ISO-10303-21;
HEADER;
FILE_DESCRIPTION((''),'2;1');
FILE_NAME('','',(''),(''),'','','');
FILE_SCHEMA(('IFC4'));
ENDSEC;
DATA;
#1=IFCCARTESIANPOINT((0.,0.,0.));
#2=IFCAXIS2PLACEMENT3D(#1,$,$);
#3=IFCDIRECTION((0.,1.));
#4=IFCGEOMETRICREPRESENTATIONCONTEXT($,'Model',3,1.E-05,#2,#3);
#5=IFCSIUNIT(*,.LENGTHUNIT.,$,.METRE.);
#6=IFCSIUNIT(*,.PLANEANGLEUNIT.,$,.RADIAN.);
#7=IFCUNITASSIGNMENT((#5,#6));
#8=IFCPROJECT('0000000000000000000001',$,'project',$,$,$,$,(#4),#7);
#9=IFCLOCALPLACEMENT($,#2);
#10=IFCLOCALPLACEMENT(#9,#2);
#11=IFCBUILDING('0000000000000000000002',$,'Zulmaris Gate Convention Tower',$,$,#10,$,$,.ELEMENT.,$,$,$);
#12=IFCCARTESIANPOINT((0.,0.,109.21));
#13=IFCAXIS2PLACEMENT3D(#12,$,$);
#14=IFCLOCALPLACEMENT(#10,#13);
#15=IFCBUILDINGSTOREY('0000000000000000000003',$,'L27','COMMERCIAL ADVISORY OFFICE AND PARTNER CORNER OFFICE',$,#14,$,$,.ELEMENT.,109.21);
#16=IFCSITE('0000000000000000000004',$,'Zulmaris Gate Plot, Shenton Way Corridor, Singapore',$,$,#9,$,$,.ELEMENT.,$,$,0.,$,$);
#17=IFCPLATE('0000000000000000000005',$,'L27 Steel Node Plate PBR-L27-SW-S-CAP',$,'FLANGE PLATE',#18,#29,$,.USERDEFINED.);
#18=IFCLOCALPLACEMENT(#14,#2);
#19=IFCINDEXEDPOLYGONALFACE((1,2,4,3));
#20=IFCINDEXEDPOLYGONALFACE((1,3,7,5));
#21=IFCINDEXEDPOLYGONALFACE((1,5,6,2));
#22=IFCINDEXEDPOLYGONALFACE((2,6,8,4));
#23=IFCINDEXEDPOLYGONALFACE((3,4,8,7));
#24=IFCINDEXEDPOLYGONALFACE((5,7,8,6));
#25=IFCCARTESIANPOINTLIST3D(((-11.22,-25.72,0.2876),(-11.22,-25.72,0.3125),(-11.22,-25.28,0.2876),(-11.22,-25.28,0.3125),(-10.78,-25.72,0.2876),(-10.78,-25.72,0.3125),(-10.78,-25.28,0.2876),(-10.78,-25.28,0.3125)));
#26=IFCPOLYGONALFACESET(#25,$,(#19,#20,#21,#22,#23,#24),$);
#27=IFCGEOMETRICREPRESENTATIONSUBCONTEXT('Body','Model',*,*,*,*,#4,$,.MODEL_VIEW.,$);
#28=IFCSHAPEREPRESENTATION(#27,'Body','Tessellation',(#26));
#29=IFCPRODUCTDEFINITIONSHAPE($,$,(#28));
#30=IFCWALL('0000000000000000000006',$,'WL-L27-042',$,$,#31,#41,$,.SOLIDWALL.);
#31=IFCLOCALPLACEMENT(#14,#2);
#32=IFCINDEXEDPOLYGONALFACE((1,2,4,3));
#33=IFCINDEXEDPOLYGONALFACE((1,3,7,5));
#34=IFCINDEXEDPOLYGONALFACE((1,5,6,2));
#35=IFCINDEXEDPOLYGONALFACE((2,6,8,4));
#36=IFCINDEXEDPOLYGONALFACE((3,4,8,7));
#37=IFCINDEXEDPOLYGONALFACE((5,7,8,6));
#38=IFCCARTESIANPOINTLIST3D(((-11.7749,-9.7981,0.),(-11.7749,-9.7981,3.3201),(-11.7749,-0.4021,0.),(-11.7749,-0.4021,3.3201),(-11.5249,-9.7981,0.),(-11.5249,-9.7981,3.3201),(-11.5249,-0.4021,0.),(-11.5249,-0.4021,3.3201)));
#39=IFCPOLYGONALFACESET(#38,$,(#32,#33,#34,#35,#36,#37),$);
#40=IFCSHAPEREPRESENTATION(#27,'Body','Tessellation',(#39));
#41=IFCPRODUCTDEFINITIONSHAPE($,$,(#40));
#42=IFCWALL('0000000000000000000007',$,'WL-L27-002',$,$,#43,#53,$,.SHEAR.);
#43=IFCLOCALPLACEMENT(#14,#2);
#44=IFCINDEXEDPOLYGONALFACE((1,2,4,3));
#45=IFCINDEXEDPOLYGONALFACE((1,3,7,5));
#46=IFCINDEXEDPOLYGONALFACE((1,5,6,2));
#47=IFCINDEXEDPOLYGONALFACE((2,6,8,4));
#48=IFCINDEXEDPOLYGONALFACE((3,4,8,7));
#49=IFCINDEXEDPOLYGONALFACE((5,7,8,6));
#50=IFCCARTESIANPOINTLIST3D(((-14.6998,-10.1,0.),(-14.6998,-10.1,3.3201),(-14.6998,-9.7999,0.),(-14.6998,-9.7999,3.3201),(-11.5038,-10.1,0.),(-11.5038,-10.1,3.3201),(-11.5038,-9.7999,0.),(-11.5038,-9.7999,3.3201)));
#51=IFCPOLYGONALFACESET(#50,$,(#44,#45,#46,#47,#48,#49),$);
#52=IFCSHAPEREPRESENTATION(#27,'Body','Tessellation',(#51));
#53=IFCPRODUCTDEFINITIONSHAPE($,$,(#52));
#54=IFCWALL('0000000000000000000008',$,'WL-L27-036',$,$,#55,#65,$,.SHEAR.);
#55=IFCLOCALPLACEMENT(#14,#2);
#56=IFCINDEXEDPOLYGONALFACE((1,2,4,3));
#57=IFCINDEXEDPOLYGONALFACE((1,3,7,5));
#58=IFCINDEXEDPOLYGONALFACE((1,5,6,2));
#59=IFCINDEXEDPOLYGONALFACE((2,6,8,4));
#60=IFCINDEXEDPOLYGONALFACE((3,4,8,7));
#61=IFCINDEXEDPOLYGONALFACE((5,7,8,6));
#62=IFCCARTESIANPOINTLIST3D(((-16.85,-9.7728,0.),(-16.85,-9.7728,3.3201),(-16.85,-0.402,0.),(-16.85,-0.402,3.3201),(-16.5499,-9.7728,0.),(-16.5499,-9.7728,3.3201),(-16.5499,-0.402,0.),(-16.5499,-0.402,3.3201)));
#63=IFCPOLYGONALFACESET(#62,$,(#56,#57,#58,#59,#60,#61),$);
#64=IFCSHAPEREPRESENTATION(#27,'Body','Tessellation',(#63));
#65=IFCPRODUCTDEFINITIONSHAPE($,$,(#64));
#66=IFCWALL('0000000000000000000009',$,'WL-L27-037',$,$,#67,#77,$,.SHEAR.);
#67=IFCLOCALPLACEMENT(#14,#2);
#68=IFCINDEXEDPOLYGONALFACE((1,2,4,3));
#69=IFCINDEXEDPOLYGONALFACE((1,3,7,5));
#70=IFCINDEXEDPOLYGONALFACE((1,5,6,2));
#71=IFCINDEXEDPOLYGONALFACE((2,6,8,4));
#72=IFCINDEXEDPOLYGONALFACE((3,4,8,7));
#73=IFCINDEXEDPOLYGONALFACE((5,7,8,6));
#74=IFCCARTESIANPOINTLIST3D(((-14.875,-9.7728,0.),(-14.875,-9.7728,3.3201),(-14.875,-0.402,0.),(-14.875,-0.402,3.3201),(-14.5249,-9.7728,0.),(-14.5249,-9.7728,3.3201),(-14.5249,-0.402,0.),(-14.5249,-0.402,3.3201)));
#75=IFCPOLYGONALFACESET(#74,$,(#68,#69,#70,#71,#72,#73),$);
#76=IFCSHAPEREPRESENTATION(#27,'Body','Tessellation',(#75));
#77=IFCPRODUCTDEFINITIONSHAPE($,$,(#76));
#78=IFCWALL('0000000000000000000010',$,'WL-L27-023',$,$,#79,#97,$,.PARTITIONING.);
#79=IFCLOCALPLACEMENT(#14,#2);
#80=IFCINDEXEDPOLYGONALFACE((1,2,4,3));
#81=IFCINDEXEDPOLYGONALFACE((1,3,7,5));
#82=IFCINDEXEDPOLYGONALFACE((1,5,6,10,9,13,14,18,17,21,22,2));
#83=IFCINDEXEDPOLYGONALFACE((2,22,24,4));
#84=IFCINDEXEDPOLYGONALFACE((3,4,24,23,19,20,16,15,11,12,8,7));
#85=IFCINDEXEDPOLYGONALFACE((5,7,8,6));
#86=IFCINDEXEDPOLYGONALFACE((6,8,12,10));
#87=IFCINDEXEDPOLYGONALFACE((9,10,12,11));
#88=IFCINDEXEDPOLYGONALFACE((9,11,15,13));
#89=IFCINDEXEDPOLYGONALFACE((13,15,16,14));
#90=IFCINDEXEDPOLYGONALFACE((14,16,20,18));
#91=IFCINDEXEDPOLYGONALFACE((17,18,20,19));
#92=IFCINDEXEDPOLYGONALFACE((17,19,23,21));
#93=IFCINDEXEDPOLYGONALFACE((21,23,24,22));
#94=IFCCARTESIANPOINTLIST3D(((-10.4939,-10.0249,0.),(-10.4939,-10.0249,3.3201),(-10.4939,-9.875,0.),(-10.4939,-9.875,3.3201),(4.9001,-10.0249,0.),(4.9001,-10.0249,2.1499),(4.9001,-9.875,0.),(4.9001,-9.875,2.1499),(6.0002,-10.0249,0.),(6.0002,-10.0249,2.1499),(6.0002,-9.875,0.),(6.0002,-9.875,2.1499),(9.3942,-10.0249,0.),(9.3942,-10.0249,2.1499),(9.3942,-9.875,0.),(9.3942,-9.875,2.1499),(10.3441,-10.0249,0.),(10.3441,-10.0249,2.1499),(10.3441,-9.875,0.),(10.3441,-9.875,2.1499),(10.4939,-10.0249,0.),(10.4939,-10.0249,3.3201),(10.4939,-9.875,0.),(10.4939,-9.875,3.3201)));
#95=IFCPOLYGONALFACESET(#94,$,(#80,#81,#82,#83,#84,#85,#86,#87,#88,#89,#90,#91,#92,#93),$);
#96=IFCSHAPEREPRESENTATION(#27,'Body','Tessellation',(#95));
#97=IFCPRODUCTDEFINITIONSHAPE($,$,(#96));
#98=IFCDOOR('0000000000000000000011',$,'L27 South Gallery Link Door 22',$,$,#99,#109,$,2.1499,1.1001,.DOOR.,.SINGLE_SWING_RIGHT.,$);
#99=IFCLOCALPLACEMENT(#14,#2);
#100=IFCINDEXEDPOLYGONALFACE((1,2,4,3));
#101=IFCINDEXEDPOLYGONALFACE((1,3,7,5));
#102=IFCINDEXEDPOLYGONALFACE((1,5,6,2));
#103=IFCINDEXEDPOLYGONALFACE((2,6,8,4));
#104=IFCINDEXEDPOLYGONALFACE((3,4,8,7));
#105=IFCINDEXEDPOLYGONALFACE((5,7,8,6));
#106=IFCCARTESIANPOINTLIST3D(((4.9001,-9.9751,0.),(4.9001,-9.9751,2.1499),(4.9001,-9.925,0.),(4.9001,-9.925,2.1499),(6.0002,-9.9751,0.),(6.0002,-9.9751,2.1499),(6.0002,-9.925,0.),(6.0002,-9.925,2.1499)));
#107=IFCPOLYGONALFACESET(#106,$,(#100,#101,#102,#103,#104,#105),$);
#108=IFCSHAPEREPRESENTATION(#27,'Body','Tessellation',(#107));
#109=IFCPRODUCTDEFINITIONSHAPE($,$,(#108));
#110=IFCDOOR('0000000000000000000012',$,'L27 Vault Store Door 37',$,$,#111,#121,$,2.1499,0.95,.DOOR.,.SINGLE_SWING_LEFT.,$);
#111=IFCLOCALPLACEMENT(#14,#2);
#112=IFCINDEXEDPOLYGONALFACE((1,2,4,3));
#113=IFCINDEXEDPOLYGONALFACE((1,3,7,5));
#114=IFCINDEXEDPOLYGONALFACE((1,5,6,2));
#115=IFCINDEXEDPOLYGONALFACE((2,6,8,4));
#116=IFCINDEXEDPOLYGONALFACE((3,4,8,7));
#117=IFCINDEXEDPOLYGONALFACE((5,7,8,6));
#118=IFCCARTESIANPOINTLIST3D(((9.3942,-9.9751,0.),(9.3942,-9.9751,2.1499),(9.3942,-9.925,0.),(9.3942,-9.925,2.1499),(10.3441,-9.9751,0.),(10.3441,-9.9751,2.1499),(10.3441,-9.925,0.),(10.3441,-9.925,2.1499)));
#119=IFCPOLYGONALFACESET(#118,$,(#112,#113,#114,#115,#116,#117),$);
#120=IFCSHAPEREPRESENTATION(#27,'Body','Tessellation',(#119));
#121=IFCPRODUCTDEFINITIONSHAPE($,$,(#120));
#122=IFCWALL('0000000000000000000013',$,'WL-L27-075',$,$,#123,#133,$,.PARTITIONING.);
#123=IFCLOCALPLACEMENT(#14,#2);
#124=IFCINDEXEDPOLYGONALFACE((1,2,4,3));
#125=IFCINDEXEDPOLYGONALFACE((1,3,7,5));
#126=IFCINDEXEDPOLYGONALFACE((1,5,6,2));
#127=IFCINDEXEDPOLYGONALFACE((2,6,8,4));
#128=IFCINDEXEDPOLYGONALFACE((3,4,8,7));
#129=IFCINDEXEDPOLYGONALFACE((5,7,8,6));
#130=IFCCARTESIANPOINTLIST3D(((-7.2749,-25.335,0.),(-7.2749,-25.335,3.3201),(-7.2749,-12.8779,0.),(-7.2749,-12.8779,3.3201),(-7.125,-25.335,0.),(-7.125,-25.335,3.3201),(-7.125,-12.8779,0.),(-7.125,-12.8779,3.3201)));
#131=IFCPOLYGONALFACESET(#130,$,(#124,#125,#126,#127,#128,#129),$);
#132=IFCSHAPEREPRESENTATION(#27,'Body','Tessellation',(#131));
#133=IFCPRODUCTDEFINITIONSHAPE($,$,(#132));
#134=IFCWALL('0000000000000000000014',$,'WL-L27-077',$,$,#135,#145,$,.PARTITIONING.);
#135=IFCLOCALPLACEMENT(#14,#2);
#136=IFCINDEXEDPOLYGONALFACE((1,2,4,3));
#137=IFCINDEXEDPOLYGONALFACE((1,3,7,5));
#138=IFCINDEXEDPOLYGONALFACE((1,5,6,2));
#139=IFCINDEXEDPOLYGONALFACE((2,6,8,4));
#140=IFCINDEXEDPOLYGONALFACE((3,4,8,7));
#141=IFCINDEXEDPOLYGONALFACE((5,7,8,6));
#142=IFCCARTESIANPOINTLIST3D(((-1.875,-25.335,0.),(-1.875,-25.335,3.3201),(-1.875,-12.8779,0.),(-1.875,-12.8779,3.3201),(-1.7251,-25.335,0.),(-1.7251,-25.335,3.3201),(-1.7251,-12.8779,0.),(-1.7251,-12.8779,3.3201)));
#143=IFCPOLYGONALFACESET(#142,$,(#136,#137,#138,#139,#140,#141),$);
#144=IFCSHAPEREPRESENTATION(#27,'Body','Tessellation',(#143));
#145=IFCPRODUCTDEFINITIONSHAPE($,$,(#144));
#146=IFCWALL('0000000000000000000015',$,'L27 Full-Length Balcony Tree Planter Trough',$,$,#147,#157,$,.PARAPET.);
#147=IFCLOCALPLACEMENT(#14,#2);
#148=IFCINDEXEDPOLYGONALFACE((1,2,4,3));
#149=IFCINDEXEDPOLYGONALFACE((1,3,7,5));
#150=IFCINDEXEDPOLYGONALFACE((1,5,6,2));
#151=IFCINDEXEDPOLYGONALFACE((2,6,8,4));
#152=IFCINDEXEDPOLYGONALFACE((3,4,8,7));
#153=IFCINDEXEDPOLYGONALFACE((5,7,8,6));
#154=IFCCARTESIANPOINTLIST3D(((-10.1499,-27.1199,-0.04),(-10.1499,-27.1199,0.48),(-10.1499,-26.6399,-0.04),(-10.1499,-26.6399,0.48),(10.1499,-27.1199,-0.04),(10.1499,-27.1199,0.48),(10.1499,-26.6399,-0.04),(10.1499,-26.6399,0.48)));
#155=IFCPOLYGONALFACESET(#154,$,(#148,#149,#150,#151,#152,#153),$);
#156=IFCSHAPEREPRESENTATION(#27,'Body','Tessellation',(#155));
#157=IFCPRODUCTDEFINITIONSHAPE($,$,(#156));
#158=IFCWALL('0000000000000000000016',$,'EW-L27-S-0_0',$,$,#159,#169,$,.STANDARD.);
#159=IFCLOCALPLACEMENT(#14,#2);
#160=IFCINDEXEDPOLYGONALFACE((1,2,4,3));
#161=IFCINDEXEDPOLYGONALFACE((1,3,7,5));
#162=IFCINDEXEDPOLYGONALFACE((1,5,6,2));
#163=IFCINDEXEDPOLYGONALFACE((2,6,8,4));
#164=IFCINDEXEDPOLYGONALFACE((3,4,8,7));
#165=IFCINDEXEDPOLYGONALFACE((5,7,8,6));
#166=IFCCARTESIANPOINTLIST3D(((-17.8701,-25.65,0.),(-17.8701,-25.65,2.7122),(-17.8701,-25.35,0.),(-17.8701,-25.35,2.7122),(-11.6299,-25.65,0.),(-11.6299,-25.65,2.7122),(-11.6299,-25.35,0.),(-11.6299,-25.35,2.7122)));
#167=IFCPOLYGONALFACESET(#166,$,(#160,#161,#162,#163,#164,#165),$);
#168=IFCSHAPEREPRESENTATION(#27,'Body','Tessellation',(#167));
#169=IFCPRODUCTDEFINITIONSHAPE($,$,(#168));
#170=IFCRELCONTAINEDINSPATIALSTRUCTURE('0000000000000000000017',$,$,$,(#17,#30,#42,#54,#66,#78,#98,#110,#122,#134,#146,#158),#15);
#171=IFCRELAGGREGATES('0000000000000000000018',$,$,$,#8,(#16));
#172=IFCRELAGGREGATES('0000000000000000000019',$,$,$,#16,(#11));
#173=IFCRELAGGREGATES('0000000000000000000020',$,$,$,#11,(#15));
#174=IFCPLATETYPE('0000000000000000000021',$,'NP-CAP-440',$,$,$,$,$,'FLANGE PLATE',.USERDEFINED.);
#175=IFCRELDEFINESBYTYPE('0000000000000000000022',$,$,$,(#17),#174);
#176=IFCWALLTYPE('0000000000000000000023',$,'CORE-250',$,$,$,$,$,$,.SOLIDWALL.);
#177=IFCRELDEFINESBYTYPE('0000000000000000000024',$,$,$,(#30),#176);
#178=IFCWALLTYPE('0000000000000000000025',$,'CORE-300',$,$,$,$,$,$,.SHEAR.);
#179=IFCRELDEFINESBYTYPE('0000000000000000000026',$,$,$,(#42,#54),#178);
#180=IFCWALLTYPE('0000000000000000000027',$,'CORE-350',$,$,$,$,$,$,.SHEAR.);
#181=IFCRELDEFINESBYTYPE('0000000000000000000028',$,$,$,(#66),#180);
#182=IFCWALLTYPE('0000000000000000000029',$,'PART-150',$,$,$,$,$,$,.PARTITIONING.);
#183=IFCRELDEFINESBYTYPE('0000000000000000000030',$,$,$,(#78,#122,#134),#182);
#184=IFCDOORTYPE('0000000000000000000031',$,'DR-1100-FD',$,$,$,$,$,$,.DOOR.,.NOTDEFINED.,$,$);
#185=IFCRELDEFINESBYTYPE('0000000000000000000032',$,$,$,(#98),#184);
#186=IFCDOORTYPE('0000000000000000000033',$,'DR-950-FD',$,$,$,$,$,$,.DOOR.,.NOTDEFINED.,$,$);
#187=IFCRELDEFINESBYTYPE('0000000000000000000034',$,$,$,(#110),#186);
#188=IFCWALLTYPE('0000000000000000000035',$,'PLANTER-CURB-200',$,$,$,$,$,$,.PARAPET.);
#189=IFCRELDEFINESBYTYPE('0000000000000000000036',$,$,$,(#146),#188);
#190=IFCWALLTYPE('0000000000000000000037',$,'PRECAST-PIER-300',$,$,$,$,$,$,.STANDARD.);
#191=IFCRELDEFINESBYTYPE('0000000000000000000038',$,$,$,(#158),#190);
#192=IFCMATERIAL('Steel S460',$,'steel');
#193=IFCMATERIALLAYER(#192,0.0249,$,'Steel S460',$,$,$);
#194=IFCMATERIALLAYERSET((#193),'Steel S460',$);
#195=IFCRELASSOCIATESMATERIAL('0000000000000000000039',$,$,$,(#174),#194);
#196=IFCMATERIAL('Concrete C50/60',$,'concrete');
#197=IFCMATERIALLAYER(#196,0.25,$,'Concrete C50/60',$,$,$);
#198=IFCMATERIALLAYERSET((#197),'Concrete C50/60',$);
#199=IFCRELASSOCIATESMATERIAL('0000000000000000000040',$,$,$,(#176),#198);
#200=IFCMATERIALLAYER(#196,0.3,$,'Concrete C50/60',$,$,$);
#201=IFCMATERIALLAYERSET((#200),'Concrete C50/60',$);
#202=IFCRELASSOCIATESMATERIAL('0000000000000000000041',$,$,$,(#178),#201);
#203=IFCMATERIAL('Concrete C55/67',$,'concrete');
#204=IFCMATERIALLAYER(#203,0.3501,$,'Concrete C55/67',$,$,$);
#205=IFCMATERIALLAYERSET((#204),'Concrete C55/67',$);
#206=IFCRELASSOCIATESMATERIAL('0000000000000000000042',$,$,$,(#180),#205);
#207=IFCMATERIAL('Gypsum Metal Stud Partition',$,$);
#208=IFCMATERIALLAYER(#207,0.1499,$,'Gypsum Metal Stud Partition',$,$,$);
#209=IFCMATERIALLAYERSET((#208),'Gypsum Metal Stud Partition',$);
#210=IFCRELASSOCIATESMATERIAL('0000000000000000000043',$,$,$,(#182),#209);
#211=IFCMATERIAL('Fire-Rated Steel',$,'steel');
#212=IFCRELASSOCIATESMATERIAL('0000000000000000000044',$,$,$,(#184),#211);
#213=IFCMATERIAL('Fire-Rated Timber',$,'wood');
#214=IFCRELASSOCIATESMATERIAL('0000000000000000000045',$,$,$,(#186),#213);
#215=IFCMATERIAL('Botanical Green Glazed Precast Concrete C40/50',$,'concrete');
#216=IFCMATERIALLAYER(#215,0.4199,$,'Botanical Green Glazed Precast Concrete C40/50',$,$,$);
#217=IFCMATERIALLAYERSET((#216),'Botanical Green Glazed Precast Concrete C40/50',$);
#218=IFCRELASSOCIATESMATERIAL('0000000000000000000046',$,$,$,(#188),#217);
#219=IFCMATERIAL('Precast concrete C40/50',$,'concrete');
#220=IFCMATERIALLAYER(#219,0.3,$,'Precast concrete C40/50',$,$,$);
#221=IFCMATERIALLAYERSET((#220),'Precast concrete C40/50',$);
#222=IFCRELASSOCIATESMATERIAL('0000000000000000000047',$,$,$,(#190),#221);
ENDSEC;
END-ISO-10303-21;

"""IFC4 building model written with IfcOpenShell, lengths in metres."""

from ifc_helpers import new_model, si_unit, direction, frame, frame_2d, origin, origin_2d, place, context, subcontext, project, spatial, rectangle, extrude, material, layer, layer_set, type_object, element, fill, save


model = new_model("IFC4")

# Units and contexts
model_context = context("Model", 3, precision=1e-05, world=origin(), true_north=direction((0.0, 1.0)))
body_context = subcontext(model_context, "Body", "Model", "MODEL_VIEW")
ifc_project = project(units=[si_unit("LENGTHUNIT", "METRE"), si_unit("PLANEANGLEUNIT", "RADIAN")], contexts=[model_context])

# Site, building, storey
site_placement = place(None, origin())
site = spatial("IfcSite", under=ifc_project, at=site_placement, Name="Zulmaris Gate Plot, Shenton Way Corridor, Singapore", CompositionType="ELEMENT", RefElevation=0.0)
building_placement = place(site_placement, origin())
building = spatial("IfcBuilding", under=site, at=building_placement, Name="Zulmaris Gate Convention Tower", CompositionType="ELEMENT")
storey_placement = place(building_placement, frame((0.0, 0.0, 109.21)))
storey = spatial("IfcBuildingStorey", under=building, at=storey_placement, Name="L27", Description="COMMERCIAL ADVISORY OFFICE AND PARTNER CORNER OFFICE", CompositionType="ELEMENT", Elevation=109.21)

# Shared definitions
ifc_material_1 = material(Name="Steel S460", Category="steel")

# Plate
ifc_layer_1 = layer(ifc_material_1, 0.0249, Name="Steel S460")
ifc_layer_set_1 = layer_set([ifc_layer_1], Name="Steel S460")
plate_type = type_object("IfcPlateType", Name="NP-CAP-440", ElementType="FLANGE PLATE", PredefinedType="USERDEFINED", material=ifc_layer_set_1)
plate_placement = place(storey_placement, frame((-11.0, -25.5, 0.2876), z_axis=(0.0, 0.0, 1.0), x_axis=(1.0, 0.0, 0.0)))
element("IfcPlate", 1, at=plate_placement, inside=storey, type_object=plate_type, Name="L27 Steel Node Plate PBR-L27-SW-S-CAP", ObjectType="FLANGE PLATE", PredefinedType="USERDEFINED", context=body_context, shape_type="SweptSolid", body=[
    extrude(rectangle(XDim=0.4399, YDim=0.4399, at=origin_2d()), origin(), (0.0, 0.0, 1.0), 0.0249),
])

# Walls
ifc_material_2 = material(Name="Concrete C50/60", Category="concrete")
ifc_layer_2 = layer(ifc_material_2, 0.25, Name="Concrete C50/60")
ifc_layer_set_2 = layer_set([ifc_layer_2], Name="Concrete C50/60")
wall_type_1 = type_object("IfcWallType", Name="CORE-250", PredefinedType="SOLIDWALL", material=ifc_layer_set_2)
wall_1_placement = place(storey_placement, frame((-11.6499, -9.7981, 0.0), z_axis=(0.0, 0.0, 1.0), x_axis=(0.0, 1.0, 0.0)))
element("IfcWall", 2, at=wall_1_placement, inside=storey, type_object=wall_type_1, Name="WL-L27-042", PredefinedType="SOLIDWALL", context=body_context, shape_type="SweptSolid", body=[
    extrude(rectangle(XDim=9.396, YDim=0.25, at=frame_2d((4.698, 0.0))), origin(), (0.0, 0.0, 1.0), 3.3201),
])
ifc_layer_3 = layer(ifc_material_2, 0.3, Name="Concrete C50/60")
ifc_layer_set_3 = layer_set([ifc_layer_3], Name="Concrete C50/60")
wall_type_2 = type_object("IfcWallType", Name="CORE-300", PredefinedType="SHEAR", material=ifc_layer_set_3)
wall_2_placement = place(storey_placement, frame((-14.7, -9.95, 0.0), z_axis=(0.0, 0.0, 1.0), x_axis=(1.0, 0.0, 0.0)))
element("IfcWall", 3, at=wall_2_placement, inside=storey, type_object=wall_type_2, Name="WL-L27-002", PredefinedType="SHEAR", context=body_context, shape_type="SweptSolid", body=[
    extrude(rectangle(XDim=3.196, YDim=0.3, at=frame_2d((1.5981, 0.0))), origin(), (0.0, 0.0, 1.0), 3.3201),
])
wall_3_placement = place(storey_placement, frame((-16.7, -9.7729, 0.0), z_axis=(0.0, 0.0, 1.0), x_axis=(0.0, 1.0, 0.0)))
element("IfcWall", 4, at=wall_3_placement, inside=storey, type_object=wall_type_2, Name="WL-L27-036", PredefinedType="SHEAR", context=body_context, shape_type="SweptSolid", body=[
    extrude(rectangle(XDim=9.3708, YDim=0.3, at=frame_2d((4.6855, 0.0))), origin(), (0.0, 0.0, 1.0), 3.3201),
])
ifc_material_3 = material(Name="Concrete C55/67", Category="concrete")
ifc_layer_4 = layer(ifc_material_3, 0.3501, Name="Concrete C55/67")
ifc_layer_set_4 = layer_set([ifc_layer_4], Name="Concrete C55/67")
wall_type_3 = type_object("IfcWallType", Name="CORE-350", PredefinedType="SHEAR", material=ifc_layer_set_4)
wall_4_placement = place(storey_placement, frame((-14.7, -9.7729, 0.0), z_axis=(0.0, 0.0, 1.0), x_axis=(0.0, 1.0, 0.0)))
element("IfcWall", 5, at=wall_4_placement, inside=storey, type_object=wall_type_3, Name="WL-L27-037", PredefinedType="SHEAR", context=body_context, shape_type="SweptSolid", body=[
    extrude(rectangle(XDim=9.3708, YDim=0.3501, at=frame_2d((4.6855, 0.0))), origin(), (0.0, 0.0, 1.0), 3.3201),
])

# Wall, openings, doors
ifc_material_4 = material(Name="Gypsum Metal Stud Partition")
ifc_layer_5 = layer(ifc_material_4, 0.1499, Name="Gypsum Metal Stud Partition")
ifc_layer_set_5 = layer_set([ifc_layer_5], Name="Gypsum Metal Stud Partition")
wall_type_4 = type_object("IfcWallType", Name="PART-150", PredefinedType="PARTITIONING", material=ifc_layer_set_5)
wall_5_placement = place(storey_placement, frame((-10.4939, -9.95, 0.0), z_axis=(0.0, 0.0, 1.0), x_axis=(1.0, 0.0, 0.0)))
wall_5 = element("IfcWall", 6, at=wall_5_placement, inside=storey, type_object=wall_type_4, Name="WL-L27-023", PredefinedType="PARTITIONING", context=body_context, shape_type="SweptSolid", body=[
    extrude(rectangle(XDim=20.9878, YDim=0.1499, at=frame_2d((10.4939, 0.0))), origin(), (0.0, 0.0, 1.0), 3.3201),
])
opening_1_placement = place(wall_5_placement, frame((15.394, 0.0, 0.0)))
opening_1 = element("IfcOpeningElement", 7, at=opening_1_placement, cuts=wall_5, PredefinedType="OPENING", context=body_context, shape_type="SweptSolid", body=[
    extrude(rectangle(XDim=1.1001, YDim=2.1499, at=frame_2d((0.55, 1.075))), frame((0.0, 0.085, 0.0), z_axis=(0.0, -1.0, 0.0), x_axis=(1.0, 0.0, 0.0)), (0.0, 0.0, 1.0), 0.1699),
])
opening_2_placement = place(wall_5_placement, frame((19.8879, 0.0, 0.0)))
opening_2 = element("IfcOpeningElement", 8, at=opening_2_placement, cuts=wall_5, PredefinedType="OPENING", context=body_context, shape_type="SweptSolid", body=[
    extrude(rectangle(XDim=0.95, YDim=2.1499, at=frame_2d((0.4751, 1.075))), frame((0.0, 0.085, 0.0), z_axis=(0.0, -1.0, 0.0), x_axis=(1.0, 0.0, 0.0)), (0.0, 0.0, 1.0), 0.1699),
])
ifc_material_5 = material(Name="Fire-Rated Steel", Category="steel")
door_type_1 = type_object("IfcDoorType", Name="DR-1100-FD", OperationType="NOTDEFINED", PredefinedType="DOOR", material=ifc_material_5)
door_1_placement = place(opening_1_placement, origin())
door_1 = element("IfcDoor", 9, at=door_1_placement, inside=storey, type_object=door_type_1, Name="L27 South Gallery Link Door 22", OperationType="SINGLE_SWING_RIGHT", OverallHeight=2.1499, OverallWidth=1.1001, PredefinedType="DOOR", context=body_context, shape_type="SweptSolid", body=[
    extrude(rectangle(XDim=1.1001, YDim=2.1499, at=frame_2d((0.55, 1.075))), frame((0.0, 0.0249, 0.0), z_axis=(0.0, -1.0, 0.0), x_axis=(1.0, 0.0, 0.0)), (0.0, 0.0, 1.0), 0.05),
])
fill(opening_1, door_1)
ifc_material_6 = material(Name="Fire-Rated Timber", Category="wood")
door_type_2 = type_object("IfcDoorType", Name="DR-950-FD", OperationType="NOTDEFINED", PredefinedType="DOOR", material=ifc_material_6)
door_2_placement = place(opening_2_placement, origin())
door_2 = element("IfcDoor", 10, at=door_2_placement, inside=storey, type_object=door_type_2, Name="L27 Vault Store Door 37", OperationType="SINGLE_SWING_LEFT", OverallHeight=2.1499, OverallWidth=0.95, PredefinedType="DOOR", context=body_context, shape_type="SweptSolid", body=[
    extrude(rectangle(XDim=0.95, YDim=2.1499, at=frame_2d((0.4751, 1.075))), frame((0.0, 0.0249, 0.0), z_axis=(0.0, -1.0, 0.0), x_axis=(1.0, 0.0, 0.0)), (0.0, 0.0, 1.0), 0.05),
])
fill(opening_2, door_2)

# Walls
for number, where, z_axis, x_axis, name in (
    (11, (-7.2, -25.335, 0.0), (0.0, 0.0, 1.0), (0.0, 1.0, 0.0), "WL-L27-075"),
    (12, (-1.8, -25.335, 0.0), (0.0, 0.0, 1.0), (0.0, 1.0, 0.0), "WL-L27-077"),
):
    element("IfcWall", number, at=place(storey_placement, frame(where, z_axis=z_axis, x_axis=x_axis)), inside=storey, type_object=wall_type_4, Name=name, PredefinedType="PARTITIONING", context=body_context, shape_type="SweptSolid", body=[
        extrude(rectangle(XDim=12.457, YDim=0.1499, at=frame_2d((6.2285, 0.0))), origin(), (0.0, 0.0, 1.0), 3.3201),
    ])
ifc_material_7 = material(Name="Botanical Green Glazed Precast Concrete C40/50", Category="concrete")
ifc_layer_6 = layer(ifc_material_7, 0.4199, Name="Botanical Green Glazed Precast Concrete C40/50")
ifc_layer_set_6 = layer_set([ifc_layer_6], Name="Botanical Green Glazed Precast Concrete C40/50")
wall_type_5 = type_object("IfcWallType", Name="PLANTER-CURB-200", PredefinedType="PARAPET", material=ifc_layer_set_6)
wall_6_placement = place(storey_placement, frame((-10.1499, -26.8799, -0.04), z_axis=(0.0, 0.0, 1.0), x_axis=(1.0, 0.0, 0.0)))
element("IfcWall", 13, at=wall_6_placement, inside=storey, type_object=wall_type_5, Name="L27 Full-Length Balcony Tree Planter Trough", PredefinedType="PARAPET", context=body_context, shape_type="SweptSolid", body=[
    extrude(rectangle(XDim=20.2998, YDim=0.48, at=frame_2d((10.1499, 0.0))), origin(), (0.0, 0.0, 1.0), 0.52),
])
ifc_material_8 = material(Name="Precast concrete C40/50", Category="concrete")
ifc_layer_7 = layer(ifc_material_8, 0.3, Name="Precast concrete C40/50")
ifc_layer_set_7 = layer_set([ifc_layer_7], Name="Precast concrete C40/50")
wall_type_6 = type_object("IfcWallType", Name="PRECAST-PIER-300", PredefinedType="STANDARD", material=ifc_layer_set_7)
wall_7_placement = place(storey_placement, frame((-17.8701, -25.5, 0.0), z_axis=(0.0, 0.0, 1.0), x_axis=(1.0, 0.0, 0.0)))
element("IfcWall", 14, at=wall_7_placement, inside=storey, type_object=wall_type_6, Name="EW-L27-S-0_0", PredefinedType="STANDARD", context=body_context, shape_type="SweptSolid", body=[
    extrude(rectangle(XDim=6.2402, YDim=0.3, at=frame_2d((3.1201, 0.0))), origin(), (0.0, 0.0, 1.0), 2.7122),
])

save(model, "model.ifc")
